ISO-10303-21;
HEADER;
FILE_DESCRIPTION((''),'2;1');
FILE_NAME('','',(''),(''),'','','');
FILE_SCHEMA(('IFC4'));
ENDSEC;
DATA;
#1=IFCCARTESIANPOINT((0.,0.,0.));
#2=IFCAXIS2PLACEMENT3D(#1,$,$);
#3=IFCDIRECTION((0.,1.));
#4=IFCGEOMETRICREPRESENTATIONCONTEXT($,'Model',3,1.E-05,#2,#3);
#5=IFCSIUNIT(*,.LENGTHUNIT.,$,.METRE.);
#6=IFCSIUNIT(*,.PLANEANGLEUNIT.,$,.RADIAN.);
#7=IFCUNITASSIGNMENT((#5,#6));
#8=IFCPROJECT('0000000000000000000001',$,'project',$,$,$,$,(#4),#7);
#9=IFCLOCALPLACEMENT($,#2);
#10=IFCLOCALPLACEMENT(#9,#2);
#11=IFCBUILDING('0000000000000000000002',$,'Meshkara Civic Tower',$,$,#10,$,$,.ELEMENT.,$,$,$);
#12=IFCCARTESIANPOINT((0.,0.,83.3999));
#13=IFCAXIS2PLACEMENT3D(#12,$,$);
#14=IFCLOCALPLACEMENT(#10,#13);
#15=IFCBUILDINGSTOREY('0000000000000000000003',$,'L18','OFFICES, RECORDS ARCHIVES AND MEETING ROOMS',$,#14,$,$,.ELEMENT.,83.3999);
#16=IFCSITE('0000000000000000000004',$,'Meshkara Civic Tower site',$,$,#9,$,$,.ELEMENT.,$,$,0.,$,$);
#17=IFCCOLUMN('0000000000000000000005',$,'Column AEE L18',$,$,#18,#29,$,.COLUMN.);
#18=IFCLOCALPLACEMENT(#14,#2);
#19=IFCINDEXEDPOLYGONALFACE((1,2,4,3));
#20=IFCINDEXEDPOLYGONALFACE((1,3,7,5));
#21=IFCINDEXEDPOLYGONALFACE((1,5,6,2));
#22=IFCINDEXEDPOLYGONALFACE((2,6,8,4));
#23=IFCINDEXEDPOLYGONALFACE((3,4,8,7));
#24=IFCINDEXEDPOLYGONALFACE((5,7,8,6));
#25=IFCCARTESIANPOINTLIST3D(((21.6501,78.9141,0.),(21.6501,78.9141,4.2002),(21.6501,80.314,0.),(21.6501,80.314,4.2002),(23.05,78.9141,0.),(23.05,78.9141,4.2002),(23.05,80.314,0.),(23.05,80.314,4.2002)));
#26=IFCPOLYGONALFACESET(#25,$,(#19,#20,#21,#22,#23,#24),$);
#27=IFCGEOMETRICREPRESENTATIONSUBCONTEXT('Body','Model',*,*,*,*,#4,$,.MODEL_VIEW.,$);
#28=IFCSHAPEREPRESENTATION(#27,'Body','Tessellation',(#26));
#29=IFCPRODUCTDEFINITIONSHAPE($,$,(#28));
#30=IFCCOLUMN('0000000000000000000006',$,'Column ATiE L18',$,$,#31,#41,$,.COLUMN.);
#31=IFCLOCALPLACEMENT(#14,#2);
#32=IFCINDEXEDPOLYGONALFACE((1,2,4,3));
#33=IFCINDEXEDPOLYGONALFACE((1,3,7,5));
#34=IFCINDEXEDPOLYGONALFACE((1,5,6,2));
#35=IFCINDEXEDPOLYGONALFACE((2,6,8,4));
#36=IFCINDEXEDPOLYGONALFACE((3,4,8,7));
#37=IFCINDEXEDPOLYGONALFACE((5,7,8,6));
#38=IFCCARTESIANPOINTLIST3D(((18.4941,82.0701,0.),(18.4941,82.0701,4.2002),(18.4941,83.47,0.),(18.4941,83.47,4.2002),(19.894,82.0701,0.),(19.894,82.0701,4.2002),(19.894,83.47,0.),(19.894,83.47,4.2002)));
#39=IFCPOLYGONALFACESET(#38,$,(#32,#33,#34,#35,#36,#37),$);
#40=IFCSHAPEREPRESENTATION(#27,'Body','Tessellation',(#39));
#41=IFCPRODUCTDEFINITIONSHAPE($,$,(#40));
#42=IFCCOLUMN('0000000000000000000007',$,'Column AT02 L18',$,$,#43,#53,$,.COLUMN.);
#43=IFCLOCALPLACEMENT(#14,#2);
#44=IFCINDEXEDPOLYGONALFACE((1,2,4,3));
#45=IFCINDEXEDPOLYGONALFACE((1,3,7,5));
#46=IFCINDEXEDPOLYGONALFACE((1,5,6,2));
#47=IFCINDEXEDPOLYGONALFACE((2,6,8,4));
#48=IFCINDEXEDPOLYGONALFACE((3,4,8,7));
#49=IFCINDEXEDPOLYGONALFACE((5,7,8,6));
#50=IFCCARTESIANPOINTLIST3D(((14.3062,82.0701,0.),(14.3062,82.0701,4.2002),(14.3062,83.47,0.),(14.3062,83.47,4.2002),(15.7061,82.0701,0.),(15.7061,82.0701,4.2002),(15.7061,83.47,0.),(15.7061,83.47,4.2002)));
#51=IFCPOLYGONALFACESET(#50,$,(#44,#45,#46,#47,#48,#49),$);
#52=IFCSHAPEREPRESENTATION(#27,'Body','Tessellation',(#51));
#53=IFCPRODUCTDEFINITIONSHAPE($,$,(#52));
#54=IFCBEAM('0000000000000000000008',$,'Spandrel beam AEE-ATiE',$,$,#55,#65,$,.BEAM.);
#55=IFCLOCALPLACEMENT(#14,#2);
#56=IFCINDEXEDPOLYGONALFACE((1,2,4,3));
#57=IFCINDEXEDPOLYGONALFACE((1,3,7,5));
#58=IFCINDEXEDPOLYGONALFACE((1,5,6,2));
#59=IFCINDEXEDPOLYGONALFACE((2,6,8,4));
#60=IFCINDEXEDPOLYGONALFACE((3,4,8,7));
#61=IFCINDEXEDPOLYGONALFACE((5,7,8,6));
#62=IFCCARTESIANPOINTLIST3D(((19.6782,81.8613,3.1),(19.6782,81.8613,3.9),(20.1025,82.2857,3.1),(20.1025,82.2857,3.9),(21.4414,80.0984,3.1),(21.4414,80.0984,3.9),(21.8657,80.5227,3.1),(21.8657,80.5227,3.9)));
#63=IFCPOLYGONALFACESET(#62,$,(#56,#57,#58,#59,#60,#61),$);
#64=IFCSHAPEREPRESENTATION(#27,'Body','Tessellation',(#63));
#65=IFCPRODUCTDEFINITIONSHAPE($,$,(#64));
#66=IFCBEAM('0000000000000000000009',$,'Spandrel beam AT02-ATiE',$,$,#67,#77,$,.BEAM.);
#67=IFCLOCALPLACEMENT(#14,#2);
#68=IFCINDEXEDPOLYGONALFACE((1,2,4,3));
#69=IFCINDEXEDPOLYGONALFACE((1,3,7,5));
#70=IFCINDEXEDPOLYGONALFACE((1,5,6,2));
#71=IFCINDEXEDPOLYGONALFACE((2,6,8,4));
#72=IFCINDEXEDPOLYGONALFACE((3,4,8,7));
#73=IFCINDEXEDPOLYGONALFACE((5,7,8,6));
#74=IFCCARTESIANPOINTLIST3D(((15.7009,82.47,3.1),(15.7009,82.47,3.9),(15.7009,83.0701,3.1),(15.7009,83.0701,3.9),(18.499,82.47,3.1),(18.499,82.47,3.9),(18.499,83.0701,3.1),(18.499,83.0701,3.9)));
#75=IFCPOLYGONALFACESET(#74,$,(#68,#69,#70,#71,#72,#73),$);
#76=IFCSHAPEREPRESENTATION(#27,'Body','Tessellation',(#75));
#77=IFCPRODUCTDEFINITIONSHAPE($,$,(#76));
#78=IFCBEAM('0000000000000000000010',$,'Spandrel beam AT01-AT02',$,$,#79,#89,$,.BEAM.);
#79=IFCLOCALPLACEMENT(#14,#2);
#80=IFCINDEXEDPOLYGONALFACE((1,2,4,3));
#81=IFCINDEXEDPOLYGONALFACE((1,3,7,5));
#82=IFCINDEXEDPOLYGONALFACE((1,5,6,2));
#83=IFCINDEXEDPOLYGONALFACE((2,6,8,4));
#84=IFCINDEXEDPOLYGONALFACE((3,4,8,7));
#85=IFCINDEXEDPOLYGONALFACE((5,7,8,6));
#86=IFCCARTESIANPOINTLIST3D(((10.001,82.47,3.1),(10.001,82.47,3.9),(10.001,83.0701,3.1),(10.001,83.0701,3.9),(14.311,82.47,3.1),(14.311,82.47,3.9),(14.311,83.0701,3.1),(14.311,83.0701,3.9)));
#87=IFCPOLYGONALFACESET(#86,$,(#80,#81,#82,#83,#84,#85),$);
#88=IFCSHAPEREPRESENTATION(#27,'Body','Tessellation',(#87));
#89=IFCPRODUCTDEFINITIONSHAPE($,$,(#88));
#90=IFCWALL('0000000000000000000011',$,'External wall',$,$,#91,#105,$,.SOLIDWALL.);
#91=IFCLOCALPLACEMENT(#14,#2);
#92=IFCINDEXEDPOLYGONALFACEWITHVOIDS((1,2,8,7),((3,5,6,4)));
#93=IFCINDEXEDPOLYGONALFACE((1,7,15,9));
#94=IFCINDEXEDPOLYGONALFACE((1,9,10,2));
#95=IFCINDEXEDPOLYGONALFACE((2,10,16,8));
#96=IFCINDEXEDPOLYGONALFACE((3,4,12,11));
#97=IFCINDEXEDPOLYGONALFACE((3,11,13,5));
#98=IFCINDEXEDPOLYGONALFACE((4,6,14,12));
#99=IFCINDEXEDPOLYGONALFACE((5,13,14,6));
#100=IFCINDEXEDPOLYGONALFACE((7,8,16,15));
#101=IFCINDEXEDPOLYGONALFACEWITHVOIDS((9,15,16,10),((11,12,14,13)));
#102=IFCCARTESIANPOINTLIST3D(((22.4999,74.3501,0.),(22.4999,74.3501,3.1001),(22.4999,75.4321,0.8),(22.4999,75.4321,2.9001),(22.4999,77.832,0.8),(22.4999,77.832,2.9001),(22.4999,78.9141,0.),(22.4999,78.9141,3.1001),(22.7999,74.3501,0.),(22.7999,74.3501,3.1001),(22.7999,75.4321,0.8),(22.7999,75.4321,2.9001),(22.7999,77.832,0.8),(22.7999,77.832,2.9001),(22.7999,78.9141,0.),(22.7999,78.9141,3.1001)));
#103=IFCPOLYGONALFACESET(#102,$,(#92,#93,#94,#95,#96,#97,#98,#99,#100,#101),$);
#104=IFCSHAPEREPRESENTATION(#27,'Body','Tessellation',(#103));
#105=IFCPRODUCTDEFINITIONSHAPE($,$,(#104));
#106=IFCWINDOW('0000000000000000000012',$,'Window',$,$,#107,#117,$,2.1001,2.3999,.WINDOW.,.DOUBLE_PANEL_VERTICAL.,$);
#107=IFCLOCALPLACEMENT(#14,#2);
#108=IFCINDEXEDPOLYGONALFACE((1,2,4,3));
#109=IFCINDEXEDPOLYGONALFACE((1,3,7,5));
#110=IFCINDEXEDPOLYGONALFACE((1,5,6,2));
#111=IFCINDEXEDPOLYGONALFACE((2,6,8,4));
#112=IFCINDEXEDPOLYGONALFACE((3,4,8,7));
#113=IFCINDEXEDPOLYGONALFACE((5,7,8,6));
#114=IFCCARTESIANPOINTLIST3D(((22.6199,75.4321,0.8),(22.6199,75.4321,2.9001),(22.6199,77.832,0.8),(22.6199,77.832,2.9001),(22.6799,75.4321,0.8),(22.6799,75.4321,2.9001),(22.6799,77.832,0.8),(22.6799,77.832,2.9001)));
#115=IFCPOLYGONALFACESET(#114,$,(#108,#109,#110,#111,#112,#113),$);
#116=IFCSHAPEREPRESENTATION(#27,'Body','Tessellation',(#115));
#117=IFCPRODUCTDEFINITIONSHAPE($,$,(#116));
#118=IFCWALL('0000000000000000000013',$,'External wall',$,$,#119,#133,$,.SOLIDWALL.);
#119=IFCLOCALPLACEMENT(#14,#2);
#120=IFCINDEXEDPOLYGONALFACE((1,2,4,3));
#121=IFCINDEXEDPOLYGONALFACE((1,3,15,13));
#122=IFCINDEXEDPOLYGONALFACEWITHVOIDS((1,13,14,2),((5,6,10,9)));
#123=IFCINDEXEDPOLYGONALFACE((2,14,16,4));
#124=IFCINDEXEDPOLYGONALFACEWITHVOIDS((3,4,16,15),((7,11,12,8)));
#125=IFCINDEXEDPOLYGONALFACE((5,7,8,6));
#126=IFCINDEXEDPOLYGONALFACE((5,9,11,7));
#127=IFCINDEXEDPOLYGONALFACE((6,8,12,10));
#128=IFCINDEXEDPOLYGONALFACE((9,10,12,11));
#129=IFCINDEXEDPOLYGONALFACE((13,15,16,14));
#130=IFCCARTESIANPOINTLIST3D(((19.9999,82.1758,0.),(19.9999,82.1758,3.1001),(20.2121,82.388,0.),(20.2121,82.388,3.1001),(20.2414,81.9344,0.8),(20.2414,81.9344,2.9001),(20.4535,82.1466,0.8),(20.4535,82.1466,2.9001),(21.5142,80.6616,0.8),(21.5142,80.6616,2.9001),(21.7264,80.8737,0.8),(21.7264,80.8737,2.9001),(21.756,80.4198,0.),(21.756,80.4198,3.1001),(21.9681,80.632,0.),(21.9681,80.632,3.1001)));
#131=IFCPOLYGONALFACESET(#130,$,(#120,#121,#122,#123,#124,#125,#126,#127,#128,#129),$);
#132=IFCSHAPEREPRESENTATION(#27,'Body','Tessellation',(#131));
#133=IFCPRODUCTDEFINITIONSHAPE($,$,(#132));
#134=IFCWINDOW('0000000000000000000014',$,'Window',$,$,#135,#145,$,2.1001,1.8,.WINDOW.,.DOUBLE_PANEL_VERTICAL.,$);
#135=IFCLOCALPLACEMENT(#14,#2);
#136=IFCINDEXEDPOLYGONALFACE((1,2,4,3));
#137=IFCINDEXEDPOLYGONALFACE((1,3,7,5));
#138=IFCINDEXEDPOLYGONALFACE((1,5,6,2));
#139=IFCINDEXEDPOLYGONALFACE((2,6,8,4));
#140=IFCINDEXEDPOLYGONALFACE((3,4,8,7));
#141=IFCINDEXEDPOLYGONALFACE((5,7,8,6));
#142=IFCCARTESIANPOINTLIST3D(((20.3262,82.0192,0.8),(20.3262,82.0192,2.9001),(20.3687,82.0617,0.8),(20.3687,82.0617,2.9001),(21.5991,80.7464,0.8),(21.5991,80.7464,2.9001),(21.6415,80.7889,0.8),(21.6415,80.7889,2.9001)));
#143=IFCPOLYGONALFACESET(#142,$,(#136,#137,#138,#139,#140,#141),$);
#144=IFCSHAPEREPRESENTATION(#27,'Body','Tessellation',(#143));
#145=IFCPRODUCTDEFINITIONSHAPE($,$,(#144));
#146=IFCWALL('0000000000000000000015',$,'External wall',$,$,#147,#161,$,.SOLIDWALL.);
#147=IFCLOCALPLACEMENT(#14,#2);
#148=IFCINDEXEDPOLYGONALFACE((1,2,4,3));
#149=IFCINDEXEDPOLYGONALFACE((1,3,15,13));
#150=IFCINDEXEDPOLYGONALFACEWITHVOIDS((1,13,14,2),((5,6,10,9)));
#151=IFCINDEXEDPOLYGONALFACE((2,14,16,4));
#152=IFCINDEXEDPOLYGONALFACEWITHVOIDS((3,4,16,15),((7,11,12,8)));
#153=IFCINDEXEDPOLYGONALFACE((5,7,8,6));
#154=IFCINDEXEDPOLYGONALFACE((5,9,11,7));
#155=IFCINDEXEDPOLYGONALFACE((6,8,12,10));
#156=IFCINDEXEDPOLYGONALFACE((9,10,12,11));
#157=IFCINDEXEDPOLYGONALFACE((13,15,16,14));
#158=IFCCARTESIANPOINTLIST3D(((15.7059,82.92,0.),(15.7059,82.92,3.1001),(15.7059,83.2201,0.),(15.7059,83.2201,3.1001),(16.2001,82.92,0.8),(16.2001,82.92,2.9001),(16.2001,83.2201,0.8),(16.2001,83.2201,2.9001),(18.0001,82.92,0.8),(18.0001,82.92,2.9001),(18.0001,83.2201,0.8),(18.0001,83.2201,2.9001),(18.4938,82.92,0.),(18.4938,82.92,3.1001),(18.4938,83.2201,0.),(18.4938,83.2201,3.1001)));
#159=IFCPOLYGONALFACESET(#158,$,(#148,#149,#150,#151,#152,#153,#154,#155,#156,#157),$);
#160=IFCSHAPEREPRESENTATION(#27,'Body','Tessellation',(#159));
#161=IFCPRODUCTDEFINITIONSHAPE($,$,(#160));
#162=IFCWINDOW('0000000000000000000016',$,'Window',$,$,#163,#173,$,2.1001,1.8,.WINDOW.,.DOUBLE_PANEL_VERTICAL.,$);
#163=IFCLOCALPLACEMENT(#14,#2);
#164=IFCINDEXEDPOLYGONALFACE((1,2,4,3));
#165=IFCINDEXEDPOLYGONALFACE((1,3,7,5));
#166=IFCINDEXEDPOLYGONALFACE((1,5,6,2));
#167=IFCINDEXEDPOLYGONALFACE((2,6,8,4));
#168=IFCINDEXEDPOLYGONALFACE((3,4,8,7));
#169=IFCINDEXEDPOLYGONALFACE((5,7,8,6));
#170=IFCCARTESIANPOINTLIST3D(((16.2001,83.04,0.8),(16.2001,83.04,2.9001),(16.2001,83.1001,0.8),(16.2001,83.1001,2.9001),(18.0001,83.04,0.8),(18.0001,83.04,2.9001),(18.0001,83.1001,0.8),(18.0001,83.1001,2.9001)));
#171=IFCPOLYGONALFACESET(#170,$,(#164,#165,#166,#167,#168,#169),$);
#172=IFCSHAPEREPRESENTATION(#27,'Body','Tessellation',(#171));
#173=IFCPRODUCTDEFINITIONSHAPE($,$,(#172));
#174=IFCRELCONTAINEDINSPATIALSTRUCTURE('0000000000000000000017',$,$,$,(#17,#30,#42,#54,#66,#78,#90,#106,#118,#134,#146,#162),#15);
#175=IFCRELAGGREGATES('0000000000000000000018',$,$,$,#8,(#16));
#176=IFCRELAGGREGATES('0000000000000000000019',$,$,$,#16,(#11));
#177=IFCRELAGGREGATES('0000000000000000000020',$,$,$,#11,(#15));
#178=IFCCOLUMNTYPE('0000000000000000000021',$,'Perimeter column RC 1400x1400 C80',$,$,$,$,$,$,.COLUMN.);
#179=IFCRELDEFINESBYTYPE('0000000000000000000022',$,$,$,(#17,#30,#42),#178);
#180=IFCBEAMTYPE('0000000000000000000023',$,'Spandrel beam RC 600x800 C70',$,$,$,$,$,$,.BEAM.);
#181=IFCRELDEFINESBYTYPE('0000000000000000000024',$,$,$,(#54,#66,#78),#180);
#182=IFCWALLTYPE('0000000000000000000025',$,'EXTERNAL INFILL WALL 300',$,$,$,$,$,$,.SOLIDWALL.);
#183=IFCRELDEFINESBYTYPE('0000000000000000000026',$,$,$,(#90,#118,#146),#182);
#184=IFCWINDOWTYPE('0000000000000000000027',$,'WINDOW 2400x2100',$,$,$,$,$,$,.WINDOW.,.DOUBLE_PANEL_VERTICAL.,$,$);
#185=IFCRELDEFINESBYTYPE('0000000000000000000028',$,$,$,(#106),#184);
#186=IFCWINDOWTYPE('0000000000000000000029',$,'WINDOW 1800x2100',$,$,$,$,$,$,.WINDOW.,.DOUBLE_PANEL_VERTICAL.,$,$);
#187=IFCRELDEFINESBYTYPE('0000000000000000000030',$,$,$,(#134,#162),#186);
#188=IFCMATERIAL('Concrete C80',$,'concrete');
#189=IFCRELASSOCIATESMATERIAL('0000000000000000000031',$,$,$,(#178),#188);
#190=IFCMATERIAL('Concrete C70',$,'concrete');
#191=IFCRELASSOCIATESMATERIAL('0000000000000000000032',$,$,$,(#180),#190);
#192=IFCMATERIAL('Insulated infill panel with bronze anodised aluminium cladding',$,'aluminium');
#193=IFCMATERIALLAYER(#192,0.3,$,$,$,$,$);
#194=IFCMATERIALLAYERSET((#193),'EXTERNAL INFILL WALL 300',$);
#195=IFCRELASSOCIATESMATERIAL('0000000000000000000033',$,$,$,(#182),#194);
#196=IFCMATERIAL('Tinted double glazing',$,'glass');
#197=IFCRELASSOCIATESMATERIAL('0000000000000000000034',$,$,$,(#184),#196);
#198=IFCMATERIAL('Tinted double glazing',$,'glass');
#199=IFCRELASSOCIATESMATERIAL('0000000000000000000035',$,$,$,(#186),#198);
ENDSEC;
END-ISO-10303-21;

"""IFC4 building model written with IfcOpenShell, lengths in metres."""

from ifc_helpers import new_model, si_unit, direction, frame, frame_2d, origin, origin_2d, place, context, subcontext, project, spatial, rectangle, extrude, material, layer, layer_set, material_profile, profile_set, type_object, element, fill, save


model = new_model("IFC4")

# Units and contexts
model_context = context("Model", 3, precision=1e-05, world=origin(), true_north=direction((0.0, 1.0)))
body_context = subcontext(model_context, "Body", "Model", "MODEL_VIEW")
ifc_project = project(units=[si_unit("LENGTHUNIT", "METRE"), si_unit("PLANEANGLEUNIT", "RADIAN")], contexts=[model_context])

# Site, building, storey
site_placement = place(None, origin())
site = spatial("IfcSite", under=ifc_project, at=site_placement, Name="Meshkara Civic Tower site", CompositionType="ELEMENT", RefElevation=0.0)
building_placement = place(site_placement, origin())
building = spatial("IfcBuilding", under=site, at=building_placement, Name="Meshkara Civic Tower", CompositionType="ELEMENT")
storey_placement = place(building_placement, frame((0.0, 0.0, 83.3999)))
storey = spatial("IfcBuildingStorey", under=building, at=storey_placement, Name="L18", Description="OFFICES, RECORDS ARCHIVES AND MEETING ROOMS", CompositionType="ELEMENT", Elevation=83.3999)

# Columns
ifc_material_1 = material(Name="Concrete C80", Category="concrete")
ifc_material_profile_1 = material_profile(ifc_material_1, rectangle(XDim=1.3999, YDim=1.3999, at=origin_2d()))
ifc_profile_set_1 = profile_set([ifc_material_profile_1], Name="Concrete C80")
column_type = type_object("IfcColumnType", Name="Perimeter column RC 1400x1400 C80", PredefinedType="COLUMN", material=ifc_profile_set_1)
for number, where, z_axis, x_axis, name in (
    (1, (22.3501, 79.614, 0.0), (0.0, 0.0, 1.0), (1.0, 0.0, 0.0), "Column AEE L18"),
    (2, (19.1941, 82.77, 0.0), (0.0, 0.0, 1.0), (1.0, 0.0, 0.0), "Column ATiE L18"),
    (3, (15.0061, 82.77, 0.0), (0.0, 0.0, 1.0), (1.0, 0.0, 0.0), "Column AT02 L18"),
):
    element("IfcColumn", number, at=place(storey_placement, frame(where, z_axis=z_axis, x_axis=x_axis)), inside=storey, type_object=column_type, Name=name, PredefinedType="COLUMN", context=body_context, shape_type="SweptSolid", body=[
        extrude(rectangle(XDim=1.3999, YDim=1.3999, at=origin_2d()), origin(), (0.0, 0.0, 1.0), 4.2002),
    ])

# Beams
ifc_material_2 = material(Name="Concrete C70", Category="concrete")
ifc_material_profile_2 = material_profile(ifc_material_2, rectangle(XDim=0.6001, YDim=0.8, at=origin_2d()))
ifc_profile_set_2 = profile_set([ifc_material_profile_2], Name="Concrete C70")
beam_type = type_object("IfcBeamType", Name="Spandrel beam RC 600x800 C70", PredefinedType="BEAM", material=ifc_profile_set_2)
beam_1_placement = place(storey_placement, frame((21.6536, 80.3105, 3.5), z_axis=(-0.707156, 0.707058, 0.0), x_axis=(-0.707058, -0.707156, 0.0)))
element("IfcBeam", 4, at=beam_1_placement, inside=storey, type_object=beam_type, Name="Spandrel beam AEE-ATiE", PredefinedType="BEAM", context=body_context, shape_type="SweptSolid", body=[
    extrude(rectangle(XDim=0.6001, YDim=0.8, at=origin_2d()), origin(), (0.0, 0.0, 1.0), 2.4934),
])
beam_2_placement = place(storey_placement, frame((18.499, 82.77, 3.5), z_axis=(-1.0, 0.0, 0.0), x_axis=(0.0, -1.0, 0.0)))
element("IfcBeam", 5, at=beam_2_placement, inside=storey, type_object=beam_type, Name="Spandrel beam AT02-ATiE", PredefinedType="BEAM", context=body_context, shape_type="SweptSolid", body=[
    extrude(rectangle(XDim=0.6001, YDim=0.8, at=origin_2d()), origin(), (0.0, 0.0, 1.0), 2.7981),
])
beam_3_placement = place(storey_placement, frame((14.311, 82.77, 3.5), z_axis=(-1.0, 0.0, 0.0), x_axis=(0.0, -1.0, 0.0)))
element("IfcBeam", 6, at=beam_3_placement, inside=storey, type_object=beam_type, Name="Spandrel beam AT01-AT02", PredefinedType="BEAM", context=body_context, shape_type="SweptSolid", body=[
    extrude(rectangle(XDim=0.6001, YDim=0.8, at=origin_2d()), origin(), (0.0, 0.0, 1.0), 4.3101),
])

# Walls, openings, windows
ifc_material_3 = material(Name="Insulated infill panel with bronze anodised aluminium cladding", Category="aluminium")
ifc_layer_1 = layer(ifc_material_3, 0.3)
ifc_layer_set_1 = layer_set([ifc_layer_1], Name="EXTERNAL INFILL WALL 300")
wall_type = type_object("IfcWallType", Name="EXTERNAL INFILL WALL 300", PredefinedType="SOLIDWALL", material=ifc_layer_set_1)
wall_1_placement = place(storey_placement, frame((22.6499, 74.3501, 0.0), z_axis=(0.0, 0.0, 1.0), x_axis=(0.0, 1.0, 0.0)))
wall_1 = element("IfcWall", 7, at=wall_1_placement, inside=storey, type_object=wall_type, Name="External wall", PredefinedType="SOLIDWALL", context=body_context, shape_type="SweptSolid", body=[
    extrude(rectangle(XDim=4.564, YDim=0.3, at=frame_2d((2.282, 0.0))), origin(), (0.0, 0.0, 1.0), 3.1001),
])
opening_1_placement = place(wall_1_placement, frame((1.082, 0.0, 0.8)))
opening_1 = element("IfcOpeningElement", 8, at=opening_1_placement, cuts=wall_1, PredefinedType="OPENING", context=body_context, shape_type="SweptSolid", body=[
    extrude(rectangle(XDim=2.3999, YDim=2.1001, at=frame_2d((1.2, 1.05))), frame((0.0, 0.1599, 0.0), z_axis=(0.0, -1.0, 0.0), x_axis=(1.0, 0.0, 0.0)), (0.0, 0.0, 1.0), 0.3201),
])
ifc_material_4 = material(Name="Tinted double glazing", Category="glass")
window_type_1 = type_object("IfcWindowType", Name="WINDOW 2400x2100", PartitioningType="DOUBLE_PANEL_VERTICAL", PredefinedType="WINDOW", material=ifc_material_4)
window_1_placement = place(opening_1_placement, origin())
window_1 = element("IfcWindow", 9, at=window_1_placement, inside=storey, type_object=window_type_1, Name="Window", OverallHeight=2.1001, OverallWidth=2.3999, PartitioningType="DOUBLE_PANEL_VERTICAL", PredefinedType="WINDOW", context=body_context, shape_type="SweptSolid", body=[
    extrude(rectangle(XDim=2.3999, YDim=2.1001, at=frame_2d((1.2, 1.05))), frame((0.0, 0.03, 0.0), z_axis=(0.0, -1.0, 0.0), x_axis=(1.0, 0.0, 0.0)), (0.0, 0.0, 1.0), 0.0601),
])
fill(opening_1, window_1)
wall_2_placement = place(storey_placement, frame((21.8621, 80.5259, 0.0), z_axis=(0.0, 0.0, 1.0), x_axis=(-0.707107, 0.707107, 0.0)))
wall_2 = element("IfcWall", 10, at=wall_2_placement, inside=storey, type_object=wall_type, Name="External wall", PredefinedType="SOLIDWALL", context=body_context, shape_type="SweptSolid", body=[
    extrude(rectangle(XDim=2.4834, YDim=0.3, at=frame_2d((1.2417, 0.0))), origin(), (0.0, 0.0, 1.0), 3.1001),
])
opening_2_placement = place(wall_2_placement, frame((0.342, 0.0, 0.8)))
opening_2 = element("IfcOpeningElement", 11, at=opening_2_placement, cuts=wall_2, PredefinedType="OPENING", context=body_context, shape_type="SweptSolid", body=[
    extrude(rectangle(XDim=1.8, YDim=2.1001, at=frame_2d((0.8999, 1.05))), frame((0.0, 0.1599, 0.0), z_axis=(0.0, -1.0, 0.0), x_axis=(1.0, 0.0, 0.0)), (0.0, 0.0, 1.0), 0.3201),
])
ifc_material_5 = material(Name="Tinted double glazing", Category="glass")
window_type_2 = type_object("IfcWindowType", Name="WINDOW 1800x2100", PartitioningType="DOUBLE_PANEL_VERTICAL", PredefinedType="WINDOW", material=ifc_material_5)
window_2_placement = place(opening_2_placement, origin())
window_2 = element("IfcWindow", 12, at=window_2_placement, inside=storey, type_object=window_type_2, Name="Window", OverallHeight=2.1001, OverallWidth=1.8, PartitioningType="DOUBLE_PANEL_VERTICAL", PredefinedType="WINDOW", context=body_context, shape_type="SweptSolid", body=[
    extrude(rectangle(XDim=1.8, YDim=2.1001, at=frame_2d((0.8999, 1.05))), frame((0.0, 0.03, 0.0), z_axis=(0.0, -1.0, 0.0), x_axis=(1.0, 0.0, 0.0)), (0.0, 0.0, 1.0), 0.0601),
])
fill(opening_2, window_2)
wall_3_placement = place(storey_placement, frame((18.4939, 83.0701, 0.0), z_axis=(0.0, 0.0, 1.0), x_axis=(-1.0, 0.0, 0.0)))
wall_3 = element("IfcWall", 13, at=wall_3_placement, inside=storey, type_object=wall_type, Name="External wall", PredefinedType="SOLIDWALL", context=body_context, shape_type="SweptSolid", body=[
    extrude(rectangle(XDim=2.7878, YDim=0.3, at=frame_2d((1.394, 0.0))), origin(), (0.0, 0.0, 1.0), 3.1001),
])
opening_3_placement = place(wall_3_placement, frame((0.4939, 0.0, 0.8)))
opening_3 = element("IfcOpeningElement", 14, at=opening_3_placement, cuts=wall_3, PredefinedType="OPENING", context=body_context, shape_type="SweptSolid", body=[
    extrude(rectangle(XDim=1.8, YDim=2.1001, at=frame_2d((0.8999, 1.05))), frame((0.0, 0.1599, 0.0), z_axis=(0.0, -1.0, 0.0), x_axis=(1.0, 0.0, 0.0)), (0.0, 0.0, 1.0), 0.3201),
])
window_3_placement = place(opening_3_placement, origin())
window_3 = element("IfcWindow", 15, at=window_3_placement, inside=storey, type_object=window_type_2, Name="Window", OverallHeight=2.1001, OverallWidth=1.8, PartitioningType="DOUBLE_PANEL_VERTICAL", PredefinedType="WINDOW", context=body_context, shape_type="SweptSolid", body=[
    extrude(rectangle(XDim=1.8, YDim=2.1001, at=frame_2d((0.8999, 1.05))), frame((0.0, 0.03, 0.0), z_axis=(0.0, -1.0, 0.0), x_axis=(1.0, 0.0, 0.0)), (0.0, 0.0, 1.0), 0.0601),
])
fill(opening_3, window_3)

save(model, "model.ifc")
